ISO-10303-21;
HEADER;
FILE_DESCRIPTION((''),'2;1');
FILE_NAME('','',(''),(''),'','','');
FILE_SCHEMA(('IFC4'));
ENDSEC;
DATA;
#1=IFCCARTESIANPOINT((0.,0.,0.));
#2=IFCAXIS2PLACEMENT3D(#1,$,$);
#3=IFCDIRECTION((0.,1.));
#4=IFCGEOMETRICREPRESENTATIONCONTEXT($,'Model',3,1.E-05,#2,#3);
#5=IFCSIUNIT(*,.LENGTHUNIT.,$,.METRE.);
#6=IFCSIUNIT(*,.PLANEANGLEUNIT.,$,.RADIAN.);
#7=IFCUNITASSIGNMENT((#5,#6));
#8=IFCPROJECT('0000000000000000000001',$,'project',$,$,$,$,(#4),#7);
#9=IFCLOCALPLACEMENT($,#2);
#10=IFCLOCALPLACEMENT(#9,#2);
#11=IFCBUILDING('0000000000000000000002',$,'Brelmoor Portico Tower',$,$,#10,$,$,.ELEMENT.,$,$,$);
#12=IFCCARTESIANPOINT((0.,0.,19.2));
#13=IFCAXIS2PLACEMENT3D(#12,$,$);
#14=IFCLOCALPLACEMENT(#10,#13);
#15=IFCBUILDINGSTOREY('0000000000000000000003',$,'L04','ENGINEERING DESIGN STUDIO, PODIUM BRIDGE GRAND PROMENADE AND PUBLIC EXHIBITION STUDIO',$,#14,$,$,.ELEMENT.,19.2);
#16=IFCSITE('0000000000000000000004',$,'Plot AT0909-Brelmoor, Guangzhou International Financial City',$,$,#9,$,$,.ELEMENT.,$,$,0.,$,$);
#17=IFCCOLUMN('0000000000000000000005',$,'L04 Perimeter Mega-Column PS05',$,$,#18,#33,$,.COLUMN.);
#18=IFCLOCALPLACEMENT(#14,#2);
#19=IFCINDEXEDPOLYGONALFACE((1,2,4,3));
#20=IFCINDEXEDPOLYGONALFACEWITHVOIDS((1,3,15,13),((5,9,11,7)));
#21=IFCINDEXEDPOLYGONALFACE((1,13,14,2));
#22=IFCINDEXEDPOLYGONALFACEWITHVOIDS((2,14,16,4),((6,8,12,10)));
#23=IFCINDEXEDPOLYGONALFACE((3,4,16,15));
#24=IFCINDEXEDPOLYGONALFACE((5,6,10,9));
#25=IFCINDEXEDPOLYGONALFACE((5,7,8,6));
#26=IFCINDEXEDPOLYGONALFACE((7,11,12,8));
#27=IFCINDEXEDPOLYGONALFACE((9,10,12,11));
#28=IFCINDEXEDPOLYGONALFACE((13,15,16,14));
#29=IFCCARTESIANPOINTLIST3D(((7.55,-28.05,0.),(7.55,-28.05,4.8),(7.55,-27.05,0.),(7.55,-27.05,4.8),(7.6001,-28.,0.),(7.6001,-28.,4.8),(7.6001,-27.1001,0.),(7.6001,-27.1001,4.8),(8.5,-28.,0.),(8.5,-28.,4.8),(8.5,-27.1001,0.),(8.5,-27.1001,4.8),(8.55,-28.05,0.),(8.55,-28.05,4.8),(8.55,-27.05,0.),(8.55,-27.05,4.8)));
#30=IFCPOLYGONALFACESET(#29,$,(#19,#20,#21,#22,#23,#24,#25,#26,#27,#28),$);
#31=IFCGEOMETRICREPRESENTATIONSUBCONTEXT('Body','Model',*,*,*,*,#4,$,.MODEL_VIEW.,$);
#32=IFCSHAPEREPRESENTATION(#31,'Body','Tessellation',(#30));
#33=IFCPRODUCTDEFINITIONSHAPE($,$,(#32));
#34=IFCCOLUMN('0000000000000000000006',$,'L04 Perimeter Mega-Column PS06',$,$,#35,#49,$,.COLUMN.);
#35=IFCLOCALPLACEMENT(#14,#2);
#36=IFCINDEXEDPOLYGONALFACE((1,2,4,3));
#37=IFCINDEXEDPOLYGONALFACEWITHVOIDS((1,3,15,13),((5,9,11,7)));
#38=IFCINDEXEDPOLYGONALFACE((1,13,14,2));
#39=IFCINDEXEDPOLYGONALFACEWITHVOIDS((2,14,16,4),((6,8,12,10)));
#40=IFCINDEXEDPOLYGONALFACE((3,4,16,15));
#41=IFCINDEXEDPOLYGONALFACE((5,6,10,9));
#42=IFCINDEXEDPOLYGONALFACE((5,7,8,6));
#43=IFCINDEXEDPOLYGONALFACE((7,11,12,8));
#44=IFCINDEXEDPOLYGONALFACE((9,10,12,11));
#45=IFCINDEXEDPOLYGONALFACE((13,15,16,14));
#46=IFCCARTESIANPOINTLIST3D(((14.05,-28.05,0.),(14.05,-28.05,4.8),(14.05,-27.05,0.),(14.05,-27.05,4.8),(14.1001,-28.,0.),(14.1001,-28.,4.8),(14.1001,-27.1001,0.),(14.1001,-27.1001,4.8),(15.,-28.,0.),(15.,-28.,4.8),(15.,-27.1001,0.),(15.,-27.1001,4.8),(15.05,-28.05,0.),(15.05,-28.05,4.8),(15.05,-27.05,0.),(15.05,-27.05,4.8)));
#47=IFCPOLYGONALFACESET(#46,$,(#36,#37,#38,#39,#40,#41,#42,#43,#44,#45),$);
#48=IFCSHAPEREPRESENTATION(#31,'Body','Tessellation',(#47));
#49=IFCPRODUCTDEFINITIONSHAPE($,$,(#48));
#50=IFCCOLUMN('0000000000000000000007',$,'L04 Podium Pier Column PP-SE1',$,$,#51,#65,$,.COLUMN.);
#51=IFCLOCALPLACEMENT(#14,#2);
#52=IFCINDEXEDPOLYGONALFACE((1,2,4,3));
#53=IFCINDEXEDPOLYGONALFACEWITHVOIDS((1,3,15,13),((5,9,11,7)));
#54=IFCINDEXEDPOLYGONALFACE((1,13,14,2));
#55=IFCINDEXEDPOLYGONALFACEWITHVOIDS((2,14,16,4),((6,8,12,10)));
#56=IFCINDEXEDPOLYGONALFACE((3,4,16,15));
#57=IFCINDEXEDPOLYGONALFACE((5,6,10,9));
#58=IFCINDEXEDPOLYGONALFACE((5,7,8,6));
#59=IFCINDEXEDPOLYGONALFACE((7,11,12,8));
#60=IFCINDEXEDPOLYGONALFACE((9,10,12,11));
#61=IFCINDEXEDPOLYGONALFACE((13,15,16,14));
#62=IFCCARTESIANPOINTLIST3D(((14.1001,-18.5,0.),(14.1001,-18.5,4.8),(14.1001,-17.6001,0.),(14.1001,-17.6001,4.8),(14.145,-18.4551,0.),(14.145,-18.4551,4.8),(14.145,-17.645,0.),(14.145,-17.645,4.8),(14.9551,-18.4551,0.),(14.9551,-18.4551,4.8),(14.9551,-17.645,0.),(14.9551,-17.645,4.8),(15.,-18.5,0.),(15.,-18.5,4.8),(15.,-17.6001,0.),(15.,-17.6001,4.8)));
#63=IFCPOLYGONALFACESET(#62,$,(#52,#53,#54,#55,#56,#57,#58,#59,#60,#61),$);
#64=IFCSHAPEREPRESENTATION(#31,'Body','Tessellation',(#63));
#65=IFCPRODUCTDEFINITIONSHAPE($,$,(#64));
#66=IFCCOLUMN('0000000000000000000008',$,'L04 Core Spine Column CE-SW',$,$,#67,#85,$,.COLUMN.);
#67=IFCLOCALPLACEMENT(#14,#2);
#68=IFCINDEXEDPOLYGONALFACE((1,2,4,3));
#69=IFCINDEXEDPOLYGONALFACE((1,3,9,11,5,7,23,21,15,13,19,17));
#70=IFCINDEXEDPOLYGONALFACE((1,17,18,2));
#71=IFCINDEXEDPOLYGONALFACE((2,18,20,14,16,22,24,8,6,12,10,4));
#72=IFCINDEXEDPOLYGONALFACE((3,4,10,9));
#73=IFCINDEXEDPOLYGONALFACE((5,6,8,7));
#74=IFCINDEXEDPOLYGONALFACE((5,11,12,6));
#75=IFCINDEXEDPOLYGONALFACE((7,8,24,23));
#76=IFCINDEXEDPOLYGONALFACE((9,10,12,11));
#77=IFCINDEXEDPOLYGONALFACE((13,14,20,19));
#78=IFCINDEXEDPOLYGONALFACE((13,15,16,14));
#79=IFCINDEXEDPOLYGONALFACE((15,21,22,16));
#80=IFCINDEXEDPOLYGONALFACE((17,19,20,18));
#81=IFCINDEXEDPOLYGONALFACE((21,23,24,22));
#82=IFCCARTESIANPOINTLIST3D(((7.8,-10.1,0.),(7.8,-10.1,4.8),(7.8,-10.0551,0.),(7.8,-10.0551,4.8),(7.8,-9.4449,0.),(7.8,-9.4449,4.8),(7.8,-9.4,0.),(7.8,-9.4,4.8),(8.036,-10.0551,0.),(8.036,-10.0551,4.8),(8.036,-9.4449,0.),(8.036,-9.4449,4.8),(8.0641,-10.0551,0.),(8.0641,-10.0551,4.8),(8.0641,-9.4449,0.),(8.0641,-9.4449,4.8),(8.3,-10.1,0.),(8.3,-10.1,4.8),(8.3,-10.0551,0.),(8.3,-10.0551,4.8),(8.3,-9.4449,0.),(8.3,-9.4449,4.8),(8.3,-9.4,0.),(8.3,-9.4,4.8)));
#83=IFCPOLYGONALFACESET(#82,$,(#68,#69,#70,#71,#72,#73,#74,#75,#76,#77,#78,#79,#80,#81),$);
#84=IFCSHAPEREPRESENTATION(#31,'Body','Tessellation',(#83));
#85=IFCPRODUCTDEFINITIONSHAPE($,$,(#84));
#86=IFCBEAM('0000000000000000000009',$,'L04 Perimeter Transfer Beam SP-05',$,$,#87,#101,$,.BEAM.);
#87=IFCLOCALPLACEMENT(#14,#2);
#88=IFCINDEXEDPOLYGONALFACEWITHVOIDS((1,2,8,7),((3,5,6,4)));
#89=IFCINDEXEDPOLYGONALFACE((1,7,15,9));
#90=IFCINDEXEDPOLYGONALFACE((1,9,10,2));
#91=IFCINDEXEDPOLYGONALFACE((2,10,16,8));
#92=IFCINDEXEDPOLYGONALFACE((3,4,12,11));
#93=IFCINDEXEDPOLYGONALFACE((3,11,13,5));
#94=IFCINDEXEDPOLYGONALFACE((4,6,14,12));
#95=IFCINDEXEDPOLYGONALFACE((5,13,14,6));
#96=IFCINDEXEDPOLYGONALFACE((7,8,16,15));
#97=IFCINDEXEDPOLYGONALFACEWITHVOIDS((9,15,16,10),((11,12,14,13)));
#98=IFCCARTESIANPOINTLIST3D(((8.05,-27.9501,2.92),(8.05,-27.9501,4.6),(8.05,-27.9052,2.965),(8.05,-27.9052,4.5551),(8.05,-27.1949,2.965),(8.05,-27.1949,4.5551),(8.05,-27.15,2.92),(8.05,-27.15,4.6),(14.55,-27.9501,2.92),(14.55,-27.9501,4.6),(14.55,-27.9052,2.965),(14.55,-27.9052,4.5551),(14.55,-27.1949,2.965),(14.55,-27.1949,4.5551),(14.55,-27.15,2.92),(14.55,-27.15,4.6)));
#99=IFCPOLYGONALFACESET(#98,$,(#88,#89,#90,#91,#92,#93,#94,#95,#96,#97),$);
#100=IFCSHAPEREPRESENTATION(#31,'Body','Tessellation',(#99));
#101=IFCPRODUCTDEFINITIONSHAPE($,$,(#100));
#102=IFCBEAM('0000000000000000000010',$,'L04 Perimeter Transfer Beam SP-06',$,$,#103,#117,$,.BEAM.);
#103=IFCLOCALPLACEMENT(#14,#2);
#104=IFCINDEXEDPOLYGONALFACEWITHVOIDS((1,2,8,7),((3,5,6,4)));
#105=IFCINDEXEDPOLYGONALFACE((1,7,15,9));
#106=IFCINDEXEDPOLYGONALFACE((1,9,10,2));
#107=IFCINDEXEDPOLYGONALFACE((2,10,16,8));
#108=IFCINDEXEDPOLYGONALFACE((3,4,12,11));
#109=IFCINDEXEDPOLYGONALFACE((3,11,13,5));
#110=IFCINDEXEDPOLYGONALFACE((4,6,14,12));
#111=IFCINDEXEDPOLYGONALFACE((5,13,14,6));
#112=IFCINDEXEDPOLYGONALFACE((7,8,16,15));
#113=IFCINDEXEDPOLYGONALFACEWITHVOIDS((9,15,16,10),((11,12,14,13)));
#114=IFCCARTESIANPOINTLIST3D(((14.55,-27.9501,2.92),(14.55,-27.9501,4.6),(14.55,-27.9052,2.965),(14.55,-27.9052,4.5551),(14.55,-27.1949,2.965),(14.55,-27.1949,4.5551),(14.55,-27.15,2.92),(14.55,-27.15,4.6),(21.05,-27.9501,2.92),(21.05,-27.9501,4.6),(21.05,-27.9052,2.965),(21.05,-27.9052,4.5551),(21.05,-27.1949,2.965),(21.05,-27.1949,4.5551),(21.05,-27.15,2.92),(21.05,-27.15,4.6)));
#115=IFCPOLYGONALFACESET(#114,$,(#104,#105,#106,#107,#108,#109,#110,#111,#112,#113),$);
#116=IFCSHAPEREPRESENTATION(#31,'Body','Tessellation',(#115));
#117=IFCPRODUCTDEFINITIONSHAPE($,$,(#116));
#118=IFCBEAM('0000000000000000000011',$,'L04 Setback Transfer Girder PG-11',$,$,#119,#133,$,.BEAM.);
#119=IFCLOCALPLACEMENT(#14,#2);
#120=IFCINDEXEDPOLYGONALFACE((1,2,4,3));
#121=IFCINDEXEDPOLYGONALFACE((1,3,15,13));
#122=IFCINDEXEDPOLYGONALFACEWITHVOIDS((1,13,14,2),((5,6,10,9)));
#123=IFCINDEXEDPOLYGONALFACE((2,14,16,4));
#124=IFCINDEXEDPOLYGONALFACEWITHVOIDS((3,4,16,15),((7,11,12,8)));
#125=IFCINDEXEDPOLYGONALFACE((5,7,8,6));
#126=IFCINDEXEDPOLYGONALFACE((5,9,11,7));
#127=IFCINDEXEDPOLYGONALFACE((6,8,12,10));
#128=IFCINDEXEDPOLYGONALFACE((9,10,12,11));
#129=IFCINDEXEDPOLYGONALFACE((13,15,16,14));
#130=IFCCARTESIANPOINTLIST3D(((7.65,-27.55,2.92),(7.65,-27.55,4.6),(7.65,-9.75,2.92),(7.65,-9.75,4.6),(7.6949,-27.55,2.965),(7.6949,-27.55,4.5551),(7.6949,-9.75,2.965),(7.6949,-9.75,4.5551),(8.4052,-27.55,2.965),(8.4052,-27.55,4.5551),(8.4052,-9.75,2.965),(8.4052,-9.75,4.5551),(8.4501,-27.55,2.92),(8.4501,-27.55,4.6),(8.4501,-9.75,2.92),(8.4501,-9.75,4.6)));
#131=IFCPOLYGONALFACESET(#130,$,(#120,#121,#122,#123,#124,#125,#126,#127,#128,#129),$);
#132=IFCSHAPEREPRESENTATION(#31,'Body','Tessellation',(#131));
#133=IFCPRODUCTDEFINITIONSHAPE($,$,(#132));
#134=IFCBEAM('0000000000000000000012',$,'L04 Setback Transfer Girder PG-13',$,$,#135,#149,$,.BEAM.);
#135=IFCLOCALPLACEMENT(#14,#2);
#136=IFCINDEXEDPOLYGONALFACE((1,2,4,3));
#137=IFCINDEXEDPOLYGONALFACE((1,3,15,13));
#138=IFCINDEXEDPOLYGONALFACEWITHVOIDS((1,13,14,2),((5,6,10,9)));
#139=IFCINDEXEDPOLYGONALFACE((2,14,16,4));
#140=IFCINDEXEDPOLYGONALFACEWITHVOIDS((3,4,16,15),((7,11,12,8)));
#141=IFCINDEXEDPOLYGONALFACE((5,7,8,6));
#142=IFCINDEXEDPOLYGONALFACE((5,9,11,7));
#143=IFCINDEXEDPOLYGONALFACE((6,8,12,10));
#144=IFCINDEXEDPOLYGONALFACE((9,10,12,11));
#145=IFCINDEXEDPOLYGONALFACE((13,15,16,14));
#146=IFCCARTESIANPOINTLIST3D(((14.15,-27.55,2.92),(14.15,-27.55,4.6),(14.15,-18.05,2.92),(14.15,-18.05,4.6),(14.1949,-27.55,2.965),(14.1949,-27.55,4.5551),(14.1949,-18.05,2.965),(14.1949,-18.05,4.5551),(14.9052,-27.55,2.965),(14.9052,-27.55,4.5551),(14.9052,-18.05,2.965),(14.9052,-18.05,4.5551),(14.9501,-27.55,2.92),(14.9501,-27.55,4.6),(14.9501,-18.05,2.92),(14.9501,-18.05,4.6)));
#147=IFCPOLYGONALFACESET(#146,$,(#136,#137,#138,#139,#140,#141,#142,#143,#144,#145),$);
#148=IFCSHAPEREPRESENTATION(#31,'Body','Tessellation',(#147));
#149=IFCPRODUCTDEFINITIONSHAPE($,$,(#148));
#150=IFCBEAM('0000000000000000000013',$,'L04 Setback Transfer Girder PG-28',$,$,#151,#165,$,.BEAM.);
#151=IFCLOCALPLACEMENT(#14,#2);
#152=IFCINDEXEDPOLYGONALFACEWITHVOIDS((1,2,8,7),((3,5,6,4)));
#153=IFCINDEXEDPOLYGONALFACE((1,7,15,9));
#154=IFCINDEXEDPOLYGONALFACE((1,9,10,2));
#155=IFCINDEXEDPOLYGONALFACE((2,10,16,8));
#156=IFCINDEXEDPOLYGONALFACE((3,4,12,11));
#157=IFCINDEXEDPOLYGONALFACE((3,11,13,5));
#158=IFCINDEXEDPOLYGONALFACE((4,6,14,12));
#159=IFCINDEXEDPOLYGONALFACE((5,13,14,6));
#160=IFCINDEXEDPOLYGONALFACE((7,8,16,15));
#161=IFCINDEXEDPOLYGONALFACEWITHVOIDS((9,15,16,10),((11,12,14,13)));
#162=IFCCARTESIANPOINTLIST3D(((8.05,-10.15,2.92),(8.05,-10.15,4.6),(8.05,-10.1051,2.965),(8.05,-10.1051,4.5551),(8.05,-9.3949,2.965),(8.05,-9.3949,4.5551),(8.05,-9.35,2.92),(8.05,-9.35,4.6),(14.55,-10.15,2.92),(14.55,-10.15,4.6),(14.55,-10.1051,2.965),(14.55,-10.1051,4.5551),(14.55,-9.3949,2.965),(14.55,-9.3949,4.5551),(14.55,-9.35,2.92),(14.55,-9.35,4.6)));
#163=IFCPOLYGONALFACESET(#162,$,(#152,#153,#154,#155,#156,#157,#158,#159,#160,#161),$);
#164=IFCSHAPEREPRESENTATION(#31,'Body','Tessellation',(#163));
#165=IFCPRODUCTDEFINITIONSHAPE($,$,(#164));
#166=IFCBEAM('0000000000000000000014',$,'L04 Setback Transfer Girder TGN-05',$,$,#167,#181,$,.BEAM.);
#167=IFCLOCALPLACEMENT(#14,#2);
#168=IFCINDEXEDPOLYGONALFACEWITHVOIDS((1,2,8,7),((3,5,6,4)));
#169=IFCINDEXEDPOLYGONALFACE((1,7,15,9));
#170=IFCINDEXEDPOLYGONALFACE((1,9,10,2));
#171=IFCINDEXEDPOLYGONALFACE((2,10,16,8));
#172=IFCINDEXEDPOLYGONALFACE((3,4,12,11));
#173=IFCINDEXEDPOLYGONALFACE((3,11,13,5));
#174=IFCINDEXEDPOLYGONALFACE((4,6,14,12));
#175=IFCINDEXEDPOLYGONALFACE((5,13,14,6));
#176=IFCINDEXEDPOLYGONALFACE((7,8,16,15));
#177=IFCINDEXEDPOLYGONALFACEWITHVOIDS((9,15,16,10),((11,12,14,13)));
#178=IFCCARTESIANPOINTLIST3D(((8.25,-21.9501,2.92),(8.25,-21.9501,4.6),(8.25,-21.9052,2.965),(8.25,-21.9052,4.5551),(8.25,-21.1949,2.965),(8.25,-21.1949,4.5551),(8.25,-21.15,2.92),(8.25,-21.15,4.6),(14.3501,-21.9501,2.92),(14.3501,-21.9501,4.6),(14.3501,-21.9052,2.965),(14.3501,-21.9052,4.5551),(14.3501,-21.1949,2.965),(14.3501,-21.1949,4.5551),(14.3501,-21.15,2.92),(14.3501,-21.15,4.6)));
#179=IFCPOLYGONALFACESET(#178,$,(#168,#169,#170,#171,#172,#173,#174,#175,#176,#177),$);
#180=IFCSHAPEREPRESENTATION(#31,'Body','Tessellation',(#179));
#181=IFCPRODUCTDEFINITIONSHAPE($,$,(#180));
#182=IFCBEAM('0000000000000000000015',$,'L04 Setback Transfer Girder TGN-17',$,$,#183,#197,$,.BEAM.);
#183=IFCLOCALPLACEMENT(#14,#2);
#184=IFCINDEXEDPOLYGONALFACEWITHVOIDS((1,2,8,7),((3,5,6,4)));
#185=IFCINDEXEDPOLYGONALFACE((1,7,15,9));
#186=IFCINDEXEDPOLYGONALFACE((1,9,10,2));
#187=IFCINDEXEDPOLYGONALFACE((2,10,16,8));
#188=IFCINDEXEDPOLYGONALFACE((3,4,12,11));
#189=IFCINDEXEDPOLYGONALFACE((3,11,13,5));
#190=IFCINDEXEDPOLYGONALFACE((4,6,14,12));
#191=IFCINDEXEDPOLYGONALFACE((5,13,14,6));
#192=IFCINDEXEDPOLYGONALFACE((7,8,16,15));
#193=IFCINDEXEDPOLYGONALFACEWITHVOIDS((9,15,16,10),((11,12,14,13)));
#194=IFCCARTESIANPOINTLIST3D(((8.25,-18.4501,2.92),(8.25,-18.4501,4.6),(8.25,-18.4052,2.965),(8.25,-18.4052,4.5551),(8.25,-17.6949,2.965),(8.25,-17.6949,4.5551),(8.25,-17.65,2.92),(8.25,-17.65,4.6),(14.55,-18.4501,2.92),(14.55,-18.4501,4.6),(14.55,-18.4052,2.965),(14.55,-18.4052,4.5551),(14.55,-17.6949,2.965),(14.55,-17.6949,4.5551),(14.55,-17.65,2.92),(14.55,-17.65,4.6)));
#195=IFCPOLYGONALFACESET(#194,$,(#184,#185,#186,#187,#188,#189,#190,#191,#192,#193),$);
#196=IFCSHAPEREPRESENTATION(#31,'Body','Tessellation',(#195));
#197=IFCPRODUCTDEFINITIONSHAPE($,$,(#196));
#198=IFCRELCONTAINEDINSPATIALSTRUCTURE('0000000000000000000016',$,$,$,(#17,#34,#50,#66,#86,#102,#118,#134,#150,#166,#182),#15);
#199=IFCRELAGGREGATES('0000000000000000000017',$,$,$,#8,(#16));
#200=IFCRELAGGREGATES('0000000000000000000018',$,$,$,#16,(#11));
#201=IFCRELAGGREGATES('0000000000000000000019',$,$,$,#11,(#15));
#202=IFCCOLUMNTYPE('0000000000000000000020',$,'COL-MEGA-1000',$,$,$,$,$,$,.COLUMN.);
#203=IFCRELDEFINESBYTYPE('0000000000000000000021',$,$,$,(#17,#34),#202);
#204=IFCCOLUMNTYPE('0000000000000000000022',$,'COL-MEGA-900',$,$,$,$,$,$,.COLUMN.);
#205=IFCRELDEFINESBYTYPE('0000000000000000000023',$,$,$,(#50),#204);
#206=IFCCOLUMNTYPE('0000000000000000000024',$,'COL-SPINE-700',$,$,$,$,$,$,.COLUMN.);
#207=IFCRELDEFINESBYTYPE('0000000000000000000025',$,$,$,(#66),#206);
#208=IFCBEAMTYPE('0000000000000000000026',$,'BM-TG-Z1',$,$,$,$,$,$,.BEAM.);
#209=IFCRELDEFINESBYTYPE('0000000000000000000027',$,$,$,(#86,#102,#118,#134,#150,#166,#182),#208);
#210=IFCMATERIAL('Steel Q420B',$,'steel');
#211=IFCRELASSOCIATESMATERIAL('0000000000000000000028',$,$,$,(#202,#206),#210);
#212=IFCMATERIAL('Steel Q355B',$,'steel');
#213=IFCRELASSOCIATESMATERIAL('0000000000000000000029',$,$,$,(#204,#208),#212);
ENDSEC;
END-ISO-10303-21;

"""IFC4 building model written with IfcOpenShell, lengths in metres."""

from ifc_helpers import new_model, si_unit, direction, frame, origin, origin_2d, place, context, subcontext, project, spatial, hollow_rectangle, i_section, extrude, material, material_profile, profile_set, type_object, element, save


model = new_model("IFC4")

# Units and contexts
model_context = context("Model", 3, precision=1e-05, world=origin(), true_north=direction((0.0, 1.0)))
body_context = subcontext(model_context, "Body", "Model", "MODEL_VIEW")
ifc_project = project(units=[si_unit("LENGTHUNIT", "METRE"), si_unit("PLANEANGLEUNIT", "RADIAN")], contexts=[model_context])

# Site, building, storey
site_placement = place(None, origin())
site = spatial("IfcSite", under=ifc_project, at=site_placement, Name="Plot AT0909-Brelmoor, Guangzhou International Financial City", CompositionType="ELEMENT", RefElevation=0.0)
building_placement = place(site_placement, origin())
building = spatial("IfcBuilding", under=site, at=building_placement, Name="Brelmoor Portico Tower", CompositionType="ELEMENT")
storey_placement = place(building_placement, frame((0.0, 0.0, 19.2)))
storey = spatial("IfcBuildingStorey", under=building, at=storey_placement, Name="L04", Description="ENGINEERING DESIGN STUDIO, PODIUM BRIDGE GRAND PROMENADE AND PUBLIC EXHIBITION STUDIO", CompositionType="ELEMENT", Elevation=19.2)

# Columns
ifc_material_1 = material(Name="Steel Q420B", Category="steel")
ifc_material_profile_1 = material_profile(ifc_material_1, hollow_rectangle(XDim=1.0, YDim=1.0, WallThickness=0.05, at=origin_2d()), Name="BOX 1000x1000x50")
ifc_profile_set_1 = profile_set([ifc_material_profile_1], Name="Steel Q420B")
column_type_1 = type_object("IfcColumnType", Name="COL-MEGA-1000", PredefinedType="COLUMN", material=ifc_profile_set_1)
for number, where, z_axis, x_axis, name in (
    (1, (8.05, -27.55, 0.0), (0.0, 0.0, 1.0), (1.0, 0.0, 0.0), "L04 Perimeter Mega-Column PS05"),
    (2, (14.55, -27.55, 0.0), (0.0, 0.0, 1.0), (1.0, 0.0, 0.0), "L04 Perimeter Mega-Column PS06"),
):
    element("IfcColumn", number, at=place(storey_placement, frame(where, z_axis=z_axis, x_axis=x_axis)), inside=storey, type_object=column_type_1, Name=name, PredefinedType="COLUMN", context=body_context, shape_type="SweptSolid", body=[
        extrude(hollow_rectangle(XDim=1.0, YDim=1.0, WallThickness=0.05, at=origin_2d()), origin(), (0.0, 0.0, 1.0), 4.8),
    ])
ifc_material_2 = material(Name="Steel Q355B", Category="steel")
ifc_material_profile_2 = material_profile(ifc_material_2, hollow_rectangle(XDim=0.8999, YDim=0.8999, WallThickness=0.0449, at=origin_2d()), Name="BOX 900x900x45")
ifc_profile_set_2 = profile_set([ifc_material_profile_2], Name="Steel Q355B")
column_type_2 = type_object("IfcColumnType", Name="COL-MEGA-900", PredefinedType="COLUMN", material=ifc_profile_set_2)
column_1_placement = place(storey_placement, frame((14.55, -18.05, 0.0), z_axis=(0.0, 0.0, 1.0), x_axis=(1.0, 0.0, 0.0)))
element("IfcColumn", 3, at=column_1_placement, inside=storey, type_object=column_type_2, Name="L04 Podium Pier Column PP-SE1", PredefinedType="COLUMN", context=body_context, shape_type="SweptSolid", body=[
    extrude(hollow_rectangle(XDim=0.8999, YDim=0.8999, WallThickness=0.0449, at=origin_2d()), origin(), (0.0, 0.0, 1.0), 4.8),
])
ifc_material_profile_3 = material_profile(ifc_material_1, i_section(OverallWidth=0.5, OverallDepth=0.7, WebThickness=0.0281, FlangeThickness=0.0449, at=origin_2d()), Name="HW 700x500x28x45")
ifc_profile_set_3 = profile_set([ifc_material_profile_3], Name="Steel Q420B")
column_type_3 = type_object("IfcColumnType", Name="COL-SPINE-700", PredefinedType="COLUMN", material=ifc_profile_set_3)
column_2_placement = place(storey_placement, frame((8.05, -9.75, 0.0), z_axis=(0.0, 0.0, 1.0), x_axis=(1.0, 0.0, 0.0)))
element("IfcColumn", 4, at=column_2_placement, inside=storey, type_object=column_type_3, Name="L04 Core Spine Column CE-SW", PredefinedType="COLUMN", context=body_context, shape_type="SweptSolid", body=[
    extrude(i_section(OverallWidth=0.5, OverallDepth=0.7, WebThickness=0.0281, FlangeThickness=0.0449, at=origin_2d()), origin(), (0.0, 0.0, 1.0), 4.8),
])

# Beams
ifc_material_profile_4 = material_profile(ifc_material_2, hollow_rectangle(XDim=0.8, YDim=1.6799, WallThickness=0.0449, at=origin_2d()), Name="BOX 800x1680x45")
ifc_profile_set_4 = profile_set([ifc_material_profile_4], Name="Steel Q355B")
beam_type = type_object("IfcBeamType", Name="BM-TG-Z1", PredefinedType="BEAM", material=ifc_profile_set_4)
for number, where, z_axis, x_axis, name in (
    (5, (8.05, -27.55, 3.76), (1.0, 0.0, 0.0), (0.0, 1.0, 0.0), "L04 Perimeter Transfer Beam SP-05"),
    (6, (14.55, -27.55, 3.76), (1.0, 0.0, 0.0), (0.0, 1.0, 0.0), "L04 Perimeter Transfer Beam SP-06"),
):
    element("IfcBeam", number, at=place(storey_placement, frame(where, z_axis=z_axis, x_axis=x_axis)), inside=storey, type_object=beam_type, Name=name, PredefinedType="BEAM", context=body_context, shape_type="SweptSolid", body=[
        extrude(hollow_rectangle(XDim=0.8, YDim=1.6799, WallThickness=0.0449, at=origin_2d()), origin(), (0.0, 0.0, 1.0), 6.5),
    ])
beam_1_placement = place(storey_placement, frame((8.05, -27.55, 3.76), z_axis=(0.0, 1.0, 0.0), x_axis=(-1.0, 0.0, 0.0)))
element("IfcBeam", 7, at=beam_1_placement, inside=storey, type_object=beam_type, Name="L04 Setback Transfer Girder PG-11", PredefinedType="BEAM", context=body_context, shape_type="SweptSolid", body=[
    extrude(hollow_rectangle(XDim=0.8, YDim=1.6799, WallThickness=0.0449, at=origin_2d()), origin(), (0.0, 0.0, 1.0), 17.8),
])
beam_2_placement = place(storey_placement, frame((14.55, -27.55, 3.76), z_axis=(0.0, 1.0, 0.0), x_axis=(-1.0, 0.0, 0.0)))
element("IfcBeam", 8, at=beam_2_placement, inside=storey, type_object=beam_type, Name="L04 Setback Transfer Girder PG-13", PredefinedType="BEAM", context=body_context, shape_type="SweptSolid", body=[
    extrude(hollow_rectangle(XDim=0.8, YDim=1.6799, WallThickness=0.0449, at=origin_2d()), origin(), (0.0, 0.0, 1.0), 9.5),
])
beam_3_placement = place(storey_placement, frame((8.05, -9.75, 3.76), z_axis=(1.0, 0.0, 0.0), x_axis=(0.0, 1.0, 0.0)))
element("IfcBeam", 9, at=beam_3_placement, inside=storey, type_object=beam_type, Name="L04 Setback Transfer Girder PG-28", PredefinedType="BEAM", context=body_context, shape_type="SweptSolid", body=[
    extrude(hollow_rectangle(XDim=0.8, YDim=1.6799, WallThickness=0.0449, at=origin_2d()), origin(), (0.0, 0.0, 1.0), 6.5),
])
beam_4_placement = place(storey_placement, frame((8.25, -21.55, 3.76), z_axis=(1.0, 0.0, 0.0), x_axis=(0.0, 1.0, 0.0)))
element("IfcBeam", 10, at=beam_4_placement, inside=storey, type_object=beam_type, Name="L04 Setback Transfer Girder TGN-05", PredefinedType="BEAM", context=body_context, shape_type="SweptSolid", body=[
    extrude(hollow_rectangle(XDim=0.8, YDim=1.6799, WallThickness=0.0449, at=origin_2d()), origin(), (0.0, 0.0, 1.0), 6.1001),
])
beam_5_placement = place(storey_placement, frame((8.25, -18.05, 3.76), z_axis=(1.0, 0.0, 0.0), x_axis=(0.0, 1.0, 0.0)))
element("IfcBeam", 11, at=beam_5_placement, inside=storey, type_object=beam_type, Name="L04 Setback Transfer Girder TGN-17", PredefinedType="BEAM", context=body_context, shape_type="SweptSolid", body=[
    extrude(hollow_rectangle(XDim=0.8, YDim=1.6799, WallThickness=0.0449, at=origin_2d()), origin(), (0.0, 0.0, 1.0), 6.3),
])

save(model, "model.ifc")
